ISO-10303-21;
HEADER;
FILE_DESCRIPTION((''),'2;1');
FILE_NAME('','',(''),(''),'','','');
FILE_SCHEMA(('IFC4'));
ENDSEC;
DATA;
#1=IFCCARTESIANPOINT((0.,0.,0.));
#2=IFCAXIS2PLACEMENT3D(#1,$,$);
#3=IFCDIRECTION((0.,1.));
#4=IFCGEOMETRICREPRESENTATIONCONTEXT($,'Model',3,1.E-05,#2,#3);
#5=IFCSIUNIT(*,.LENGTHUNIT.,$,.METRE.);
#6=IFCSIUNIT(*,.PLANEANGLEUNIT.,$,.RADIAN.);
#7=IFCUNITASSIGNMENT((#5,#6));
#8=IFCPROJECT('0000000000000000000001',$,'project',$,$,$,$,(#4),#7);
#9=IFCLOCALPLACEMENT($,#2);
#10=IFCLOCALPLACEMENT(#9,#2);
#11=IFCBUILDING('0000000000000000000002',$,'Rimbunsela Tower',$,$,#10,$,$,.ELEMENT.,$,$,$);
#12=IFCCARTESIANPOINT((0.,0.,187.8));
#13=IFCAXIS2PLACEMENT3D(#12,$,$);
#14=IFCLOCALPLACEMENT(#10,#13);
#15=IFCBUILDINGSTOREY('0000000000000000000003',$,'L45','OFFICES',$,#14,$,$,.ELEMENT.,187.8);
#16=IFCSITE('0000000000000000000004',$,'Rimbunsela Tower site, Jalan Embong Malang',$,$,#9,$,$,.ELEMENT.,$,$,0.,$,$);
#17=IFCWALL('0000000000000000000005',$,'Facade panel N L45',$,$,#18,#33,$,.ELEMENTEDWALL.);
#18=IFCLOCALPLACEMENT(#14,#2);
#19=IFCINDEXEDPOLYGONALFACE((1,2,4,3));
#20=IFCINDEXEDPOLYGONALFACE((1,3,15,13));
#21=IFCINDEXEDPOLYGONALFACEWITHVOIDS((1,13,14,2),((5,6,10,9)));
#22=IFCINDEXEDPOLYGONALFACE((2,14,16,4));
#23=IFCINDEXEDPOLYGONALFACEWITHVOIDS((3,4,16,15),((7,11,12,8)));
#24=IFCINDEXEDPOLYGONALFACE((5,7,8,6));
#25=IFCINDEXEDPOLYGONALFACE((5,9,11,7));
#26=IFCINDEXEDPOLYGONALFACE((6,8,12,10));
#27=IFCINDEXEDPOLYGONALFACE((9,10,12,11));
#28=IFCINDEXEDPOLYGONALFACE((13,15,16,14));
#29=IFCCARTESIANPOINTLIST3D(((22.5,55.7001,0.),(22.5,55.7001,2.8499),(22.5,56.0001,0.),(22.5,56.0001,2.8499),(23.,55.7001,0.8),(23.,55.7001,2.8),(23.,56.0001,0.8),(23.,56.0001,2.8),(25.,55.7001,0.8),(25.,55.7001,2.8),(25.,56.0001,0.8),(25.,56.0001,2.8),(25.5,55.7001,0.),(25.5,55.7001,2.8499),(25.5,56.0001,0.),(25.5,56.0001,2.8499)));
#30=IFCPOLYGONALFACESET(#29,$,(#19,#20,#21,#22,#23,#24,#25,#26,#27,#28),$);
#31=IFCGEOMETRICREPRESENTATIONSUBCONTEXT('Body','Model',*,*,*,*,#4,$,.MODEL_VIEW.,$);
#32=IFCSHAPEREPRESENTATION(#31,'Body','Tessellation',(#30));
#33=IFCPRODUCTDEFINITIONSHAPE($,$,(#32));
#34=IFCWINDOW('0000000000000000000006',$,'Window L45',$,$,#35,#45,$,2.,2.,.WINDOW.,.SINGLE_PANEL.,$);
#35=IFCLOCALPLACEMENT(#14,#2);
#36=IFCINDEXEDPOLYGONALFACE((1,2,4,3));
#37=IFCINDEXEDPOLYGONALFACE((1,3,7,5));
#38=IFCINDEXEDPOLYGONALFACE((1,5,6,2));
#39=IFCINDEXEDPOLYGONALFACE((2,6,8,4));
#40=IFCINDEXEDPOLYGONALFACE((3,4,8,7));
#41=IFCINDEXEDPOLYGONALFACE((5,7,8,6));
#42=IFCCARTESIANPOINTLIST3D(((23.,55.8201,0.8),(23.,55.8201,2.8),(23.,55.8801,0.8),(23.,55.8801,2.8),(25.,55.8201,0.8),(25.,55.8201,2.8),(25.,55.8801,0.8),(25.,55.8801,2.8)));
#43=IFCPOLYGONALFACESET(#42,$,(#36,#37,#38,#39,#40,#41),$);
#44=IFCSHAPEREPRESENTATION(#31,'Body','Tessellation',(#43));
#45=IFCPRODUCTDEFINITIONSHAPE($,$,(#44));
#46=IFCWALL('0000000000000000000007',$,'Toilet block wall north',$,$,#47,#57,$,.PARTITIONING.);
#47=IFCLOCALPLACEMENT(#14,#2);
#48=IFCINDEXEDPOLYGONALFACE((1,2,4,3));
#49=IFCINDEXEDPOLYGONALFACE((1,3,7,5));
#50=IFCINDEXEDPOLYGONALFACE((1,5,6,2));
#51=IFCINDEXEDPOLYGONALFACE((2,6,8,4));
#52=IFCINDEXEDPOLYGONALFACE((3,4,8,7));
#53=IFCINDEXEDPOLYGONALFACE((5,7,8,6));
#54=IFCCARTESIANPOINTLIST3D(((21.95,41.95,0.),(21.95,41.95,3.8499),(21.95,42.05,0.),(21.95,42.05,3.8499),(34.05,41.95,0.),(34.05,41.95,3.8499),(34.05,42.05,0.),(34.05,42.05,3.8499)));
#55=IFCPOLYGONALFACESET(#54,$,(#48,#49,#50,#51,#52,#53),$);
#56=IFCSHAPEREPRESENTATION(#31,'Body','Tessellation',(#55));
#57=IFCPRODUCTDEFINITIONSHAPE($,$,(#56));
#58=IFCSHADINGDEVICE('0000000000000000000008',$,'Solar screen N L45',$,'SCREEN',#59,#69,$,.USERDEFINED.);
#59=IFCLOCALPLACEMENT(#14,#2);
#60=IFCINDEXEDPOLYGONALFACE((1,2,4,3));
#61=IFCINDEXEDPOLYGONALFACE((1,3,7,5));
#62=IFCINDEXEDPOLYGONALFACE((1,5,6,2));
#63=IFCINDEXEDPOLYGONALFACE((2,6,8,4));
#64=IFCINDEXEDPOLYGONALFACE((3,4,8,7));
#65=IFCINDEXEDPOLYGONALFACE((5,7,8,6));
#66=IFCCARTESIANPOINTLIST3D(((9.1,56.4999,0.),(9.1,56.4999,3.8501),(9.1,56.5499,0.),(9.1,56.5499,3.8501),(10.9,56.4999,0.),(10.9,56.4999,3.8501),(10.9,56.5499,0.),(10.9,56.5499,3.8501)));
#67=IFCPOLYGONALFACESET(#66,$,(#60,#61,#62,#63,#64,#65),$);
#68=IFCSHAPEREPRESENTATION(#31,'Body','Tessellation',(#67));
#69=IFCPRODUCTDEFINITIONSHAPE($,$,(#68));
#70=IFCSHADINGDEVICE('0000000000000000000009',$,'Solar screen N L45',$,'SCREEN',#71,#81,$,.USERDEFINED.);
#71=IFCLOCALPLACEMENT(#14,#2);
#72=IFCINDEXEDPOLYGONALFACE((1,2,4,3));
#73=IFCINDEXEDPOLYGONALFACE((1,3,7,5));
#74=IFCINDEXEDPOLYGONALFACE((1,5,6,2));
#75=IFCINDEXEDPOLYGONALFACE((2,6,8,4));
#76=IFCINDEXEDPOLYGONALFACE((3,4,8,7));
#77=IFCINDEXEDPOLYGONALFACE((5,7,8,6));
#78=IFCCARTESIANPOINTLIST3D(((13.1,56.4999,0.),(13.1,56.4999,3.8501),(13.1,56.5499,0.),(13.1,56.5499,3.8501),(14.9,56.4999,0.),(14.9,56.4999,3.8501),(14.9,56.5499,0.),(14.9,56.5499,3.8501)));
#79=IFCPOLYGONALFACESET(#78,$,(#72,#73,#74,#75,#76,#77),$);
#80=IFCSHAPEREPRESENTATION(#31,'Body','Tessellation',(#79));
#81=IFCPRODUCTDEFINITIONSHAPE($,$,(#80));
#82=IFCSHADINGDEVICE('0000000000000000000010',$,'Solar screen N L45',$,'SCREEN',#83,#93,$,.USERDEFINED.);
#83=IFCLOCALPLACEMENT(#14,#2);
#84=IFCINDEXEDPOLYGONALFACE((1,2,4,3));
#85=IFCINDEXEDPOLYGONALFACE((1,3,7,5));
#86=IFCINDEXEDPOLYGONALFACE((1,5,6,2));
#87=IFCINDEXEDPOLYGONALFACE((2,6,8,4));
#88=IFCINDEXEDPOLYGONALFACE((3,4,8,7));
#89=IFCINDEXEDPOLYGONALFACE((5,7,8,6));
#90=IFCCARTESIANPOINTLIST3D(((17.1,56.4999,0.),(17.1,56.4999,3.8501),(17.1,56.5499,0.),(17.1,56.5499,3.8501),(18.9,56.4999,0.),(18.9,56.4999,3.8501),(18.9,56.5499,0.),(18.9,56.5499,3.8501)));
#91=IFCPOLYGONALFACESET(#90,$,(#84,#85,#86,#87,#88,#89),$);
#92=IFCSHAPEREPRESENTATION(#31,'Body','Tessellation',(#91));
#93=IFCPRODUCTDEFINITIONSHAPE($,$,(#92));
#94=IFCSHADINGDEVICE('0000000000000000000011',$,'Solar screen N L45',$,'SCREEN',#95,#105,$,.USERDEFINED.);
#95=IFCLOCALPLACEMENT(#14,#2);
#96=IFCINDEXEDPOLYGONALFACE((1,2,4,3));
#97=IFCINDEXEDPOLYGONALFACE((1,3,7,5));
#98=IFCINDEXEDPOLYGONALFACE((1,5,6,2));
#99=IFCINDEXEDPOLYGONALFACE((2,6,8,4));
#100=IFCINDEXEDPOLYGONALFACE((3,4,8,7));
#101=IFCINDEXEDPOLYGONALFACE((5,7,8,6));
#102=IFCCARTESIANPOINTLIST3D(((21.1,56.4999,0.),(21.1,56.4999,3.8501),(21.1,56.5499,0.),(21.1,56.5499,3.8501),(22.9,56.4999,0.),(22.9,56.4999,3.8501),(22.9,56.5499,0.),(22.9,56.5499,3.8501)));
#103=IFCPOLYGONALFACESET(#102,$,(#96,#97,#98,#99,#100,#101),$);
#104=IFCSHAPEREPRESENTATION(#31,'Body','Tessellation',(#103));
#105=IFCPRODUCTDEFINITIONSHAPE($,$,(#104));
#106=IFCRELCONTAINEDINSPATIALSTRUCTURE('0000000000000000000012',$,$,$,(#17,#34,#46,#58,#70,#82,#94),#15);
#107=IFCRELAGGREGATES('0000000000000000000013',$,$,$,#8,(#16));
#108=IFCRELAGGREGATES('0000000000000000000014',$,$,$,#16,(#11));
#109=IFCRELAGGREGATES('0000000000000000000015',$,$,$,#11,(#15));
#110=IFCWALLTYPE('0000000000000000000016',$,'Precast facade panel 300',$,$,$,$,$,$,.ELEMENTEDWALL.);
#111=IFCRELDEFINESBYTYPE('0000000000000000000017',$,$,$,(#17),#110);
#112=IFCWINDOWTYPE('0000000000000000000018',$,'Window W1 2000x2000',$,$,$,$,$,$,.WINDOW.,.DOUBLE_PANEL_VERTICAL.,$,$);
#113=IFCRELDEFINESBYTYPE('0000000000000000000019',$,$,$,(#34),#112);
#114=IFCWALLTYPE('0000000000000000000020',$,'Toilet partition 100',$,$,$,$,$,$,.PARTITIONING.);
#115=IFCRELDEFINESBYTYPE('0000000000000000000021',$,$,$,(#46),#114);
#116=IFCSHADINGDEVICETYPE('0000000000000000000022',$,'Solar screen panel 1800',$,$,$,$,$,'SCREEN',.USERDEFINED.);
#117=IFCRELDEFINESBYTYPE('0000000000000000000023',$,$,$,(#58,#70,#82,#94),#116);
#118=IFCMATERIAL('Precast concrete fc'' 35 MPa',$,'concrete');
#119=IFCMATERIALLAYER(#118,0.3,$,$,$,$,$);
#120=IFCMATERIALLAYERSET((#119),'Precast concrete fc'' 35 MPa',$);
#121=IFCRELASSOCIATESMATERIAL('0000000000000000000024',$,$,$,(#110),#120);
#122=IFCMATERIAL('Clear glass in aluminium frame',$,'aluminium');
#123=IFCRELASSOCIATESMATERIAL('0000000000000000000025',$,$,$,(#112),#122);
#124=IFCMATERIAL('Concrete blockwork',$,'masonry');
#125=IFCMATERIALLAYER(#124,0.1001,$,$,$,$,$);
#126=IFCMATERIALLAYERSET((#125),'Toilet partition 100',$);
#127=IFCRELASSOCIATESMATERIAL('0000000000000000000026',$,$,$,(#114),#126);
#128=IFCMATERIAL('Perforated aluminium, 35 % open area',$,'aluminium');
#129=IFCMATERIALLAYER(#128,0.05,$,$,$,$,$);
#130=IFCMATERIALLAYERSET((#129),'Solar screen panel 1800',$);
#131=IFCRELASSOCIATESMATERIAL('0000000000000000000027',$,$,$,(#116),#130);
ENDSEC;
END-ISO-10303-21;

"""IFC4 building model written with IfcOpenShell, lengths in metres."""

from ifc_helpers import new_model, si_unit, direction, frame, frame_2d, origin, origin_2d, place, context, subcontext, project, spatial, rectangle, extrude, material, layer, layer_set, type_object, element, fill, save


model = new_model("IFC4")

# Units and contexts
model_context = context("Model", 3, precision=1e-05, world=origin(), true_north=direction((0.0, 1.0)))
body_context = subcontext(model_context, "Body", "Model", "MODEL_VIEW")
ifc_project = project(units=[si_unit("LENGTHUNIT", "METRE"), si_unit("PLANEANGLEUNIT", "RADIAN")], contexts=[model_context])

# Site, building, storey
site_placement = place(None, origin())
site = spatial("IfcSite", under=ifc_project, at=site_placement, Name="Rimbunsela Tower site, Jalan Embong Malang", CompositionType="ELEMENT", RefElevation=0.0)
building_placement = place(site_placement, origin())
building = spatial("IfcBuilding", under=site, at=building_placement, Name="Rimbunsela Tower", CompositionType="ELEMENT")
storey_placement = place(building_placement, frame((0.0, 0.0, 187.8)))
storey = spatial("IfcBuildingStorey", under=building, at=storey_placement, Name="L45", Description="OFFICES", CompositionType="ELEMENT", Elevation=187.8)

# Shared definitions
ifc_material_1 = material(Name="Precast concrete fc' 35 MPa", Category="concrete")
ifc_layer_1 = layer(ifc_material_1, 0.3)
ifc_layer_set_1 = layer_set([ifc_layer_1], Name="Precast concrete fc' 35 MPa")
wall_type_1 = type_object("IfcWallType", Name="Precast facade panel 300", PredefinedType="ELEMENTEDWALL", material=ifc_layer_set_1)

# Wall, opening, window
ifc_material_2 = material(Name="Clear glass in aluminium frame", Category="aluminium")
window_type = type_object("IfcWindowType", Name="Window W1 2000x2000", PartitioningType="DOUBLE_PANEL_VERTICAL", PredefinedType="WINDOW", material=ifc_material_2)
wall_1_placement = place(storey_placement, frame((25.5, 55.8501, 0.0), z_axis=(0.0, 0.0, 1.0), x_axis=(-1.0, 0.0, 0.0)))
wall_1 = element("IfcWall", 1, at=wall_1_placement, inside=storey, type_object=wall_type_1, Name="Facade panel N L45", PredefinedType="ELEMENTEDWALL", context=body_context, shape_type="SweptSolid", body=[
    extrude(rectangle(XDim=3.0, YDim=0.3, at=frame_2d((1.5, 0.0))), origin(), (0.0, 0.0, 1.0), 2.8499),
])
opening_1_placement = place(wall_1_placement, frame((0.5, 0.0, 0.8)))
opening_1 = element("IfcOpeningElement", 2, at=opening_1_placement, cuts=wall_1, PredefinedType="OPENING", context=body_context, shape_type="SweptSolid", body=[
    extrude(rectangle(XDim=2.0, YDim=2.0, at=frame_2d((1.0, 1.0))), frame((0.0, 0.1599, 0.0), z_axis=(0.0, -1.0, 0.0), x_axis=(1.0, 0.0, 0.0)), (0.0, 0.0, 1.0), 0.3201),
])
window_1_placement = place(opening_1_placement, origin())
window_1 = element("IfcWindow", 3, at=window_1_placement, inside=storey, type_object=window_type, Name="Window L45", OverallHeight=2.0, OverallWidth=2.0, PartitioningType="SINGLE_PANEL", PredefinedType="WINDOW", context=body_context, shape_type="SweptSolid", body=[
    extrude(rectangle(XDim=2.0, YDim=2.0, at=frame_2d((1.0, 1.0))), frame((0.0, 0.03, 0.0), z_axis=(0.0, -1.0, 0.0), x_axis=(1.0, 0.0, 0.0)), (0.0, 0.0, 1.0), 0.0601),
])
fill(opening_1, window_1)

# Wall
ifc_material_3 = material(Name="Concrete blockwork", Category="masonry")
ifc_layer_2 = layer(ifc_material_3, 0.1001)
ifc_layer_set_2 = layer_set([ifc_layer_2], Name="Toilet partition 100")
wall_type_2 = type_object("IfcWallType", Name="Toilet partition 100", PredefinedType="PARTITIONING", material=ifc_layer_set_2)
wall_2_placement = place(storey_placement, frame((21.95, 42.0, 0.0), z_axis=(0.0, 0.0, 1.0), x_axis=(1.0, 0.0, 0.0)))
element("IfcWall", 4, at=wall_2_placement, inside=storey, type_object=wall_type_2, Name="Toilet block wall north", PredefinedType="PARTITIONING", context=body_context, shape_type="SweptSolid", body=[
    extrude(rectangle(XDim=12.1001, YDim=0.1001, at=frame_2d((6.05, 0.0))), origin(), (0.0, 0.0, 1.0), 3.8499),
])

# Shading devices
ifc_material_4 = material(Name="Perforated aluminium, 35 % open area", Category="aluminium")
ifc_layer_3 = layer(ifc_material_4, 0.05)
ifc_layer_set_3 = layer_set([ifc_layer_3], Name="Solar screen panel 1800")
shading_device_type = type_object("IfcShadingDeviceType", Name="Solar screen panel 1800", ElementType="SCREEN", PredefinedType="USERDEFINED", material=ifc_layer_set_3)
for number, where, z_axis, x_axis, name in (
    (5, (10.0, 56.5249, 0.0), (0.0, 0.0, 1.0), (1.0, 0.0, 0.0), "Solar screen N L45"),
    (6, (14.0, 56.5249, 0.0), (0.0, 0.0, 1.0), (1.0, 0.0, 0.0), "Solar screen N L45"),
    (7, (18.0, 56.5249, 0.0), (0.0, 0.0, 1.0), (1.0, 0.0, 0.0), "Solar screen N L45"),
    (8, (22.0, 56.5249, 0.0), (0.0, 0.0, 1.0), (1.0, 0.0, 0.0), "Solar screen N L45"),
):
    element("IfcShadingDevice", number, at=place(storey_placement, frame(where, z_axis=z_axis, x_axis=x_axis)), inside=storey, type_object=shading_device_type, Name=name, ObjectType="SCREEN", PredefinedType="USERDEFINED", context=body_context, shape_type="SweptSolid", body=[
        extrude(rectangle(XDim=1.8, YDim=0.05, at=origin_2d()), origin(), (0.0, 0.0, 1.0), 3.8501),
    ])

save(model, "model.ifc")
